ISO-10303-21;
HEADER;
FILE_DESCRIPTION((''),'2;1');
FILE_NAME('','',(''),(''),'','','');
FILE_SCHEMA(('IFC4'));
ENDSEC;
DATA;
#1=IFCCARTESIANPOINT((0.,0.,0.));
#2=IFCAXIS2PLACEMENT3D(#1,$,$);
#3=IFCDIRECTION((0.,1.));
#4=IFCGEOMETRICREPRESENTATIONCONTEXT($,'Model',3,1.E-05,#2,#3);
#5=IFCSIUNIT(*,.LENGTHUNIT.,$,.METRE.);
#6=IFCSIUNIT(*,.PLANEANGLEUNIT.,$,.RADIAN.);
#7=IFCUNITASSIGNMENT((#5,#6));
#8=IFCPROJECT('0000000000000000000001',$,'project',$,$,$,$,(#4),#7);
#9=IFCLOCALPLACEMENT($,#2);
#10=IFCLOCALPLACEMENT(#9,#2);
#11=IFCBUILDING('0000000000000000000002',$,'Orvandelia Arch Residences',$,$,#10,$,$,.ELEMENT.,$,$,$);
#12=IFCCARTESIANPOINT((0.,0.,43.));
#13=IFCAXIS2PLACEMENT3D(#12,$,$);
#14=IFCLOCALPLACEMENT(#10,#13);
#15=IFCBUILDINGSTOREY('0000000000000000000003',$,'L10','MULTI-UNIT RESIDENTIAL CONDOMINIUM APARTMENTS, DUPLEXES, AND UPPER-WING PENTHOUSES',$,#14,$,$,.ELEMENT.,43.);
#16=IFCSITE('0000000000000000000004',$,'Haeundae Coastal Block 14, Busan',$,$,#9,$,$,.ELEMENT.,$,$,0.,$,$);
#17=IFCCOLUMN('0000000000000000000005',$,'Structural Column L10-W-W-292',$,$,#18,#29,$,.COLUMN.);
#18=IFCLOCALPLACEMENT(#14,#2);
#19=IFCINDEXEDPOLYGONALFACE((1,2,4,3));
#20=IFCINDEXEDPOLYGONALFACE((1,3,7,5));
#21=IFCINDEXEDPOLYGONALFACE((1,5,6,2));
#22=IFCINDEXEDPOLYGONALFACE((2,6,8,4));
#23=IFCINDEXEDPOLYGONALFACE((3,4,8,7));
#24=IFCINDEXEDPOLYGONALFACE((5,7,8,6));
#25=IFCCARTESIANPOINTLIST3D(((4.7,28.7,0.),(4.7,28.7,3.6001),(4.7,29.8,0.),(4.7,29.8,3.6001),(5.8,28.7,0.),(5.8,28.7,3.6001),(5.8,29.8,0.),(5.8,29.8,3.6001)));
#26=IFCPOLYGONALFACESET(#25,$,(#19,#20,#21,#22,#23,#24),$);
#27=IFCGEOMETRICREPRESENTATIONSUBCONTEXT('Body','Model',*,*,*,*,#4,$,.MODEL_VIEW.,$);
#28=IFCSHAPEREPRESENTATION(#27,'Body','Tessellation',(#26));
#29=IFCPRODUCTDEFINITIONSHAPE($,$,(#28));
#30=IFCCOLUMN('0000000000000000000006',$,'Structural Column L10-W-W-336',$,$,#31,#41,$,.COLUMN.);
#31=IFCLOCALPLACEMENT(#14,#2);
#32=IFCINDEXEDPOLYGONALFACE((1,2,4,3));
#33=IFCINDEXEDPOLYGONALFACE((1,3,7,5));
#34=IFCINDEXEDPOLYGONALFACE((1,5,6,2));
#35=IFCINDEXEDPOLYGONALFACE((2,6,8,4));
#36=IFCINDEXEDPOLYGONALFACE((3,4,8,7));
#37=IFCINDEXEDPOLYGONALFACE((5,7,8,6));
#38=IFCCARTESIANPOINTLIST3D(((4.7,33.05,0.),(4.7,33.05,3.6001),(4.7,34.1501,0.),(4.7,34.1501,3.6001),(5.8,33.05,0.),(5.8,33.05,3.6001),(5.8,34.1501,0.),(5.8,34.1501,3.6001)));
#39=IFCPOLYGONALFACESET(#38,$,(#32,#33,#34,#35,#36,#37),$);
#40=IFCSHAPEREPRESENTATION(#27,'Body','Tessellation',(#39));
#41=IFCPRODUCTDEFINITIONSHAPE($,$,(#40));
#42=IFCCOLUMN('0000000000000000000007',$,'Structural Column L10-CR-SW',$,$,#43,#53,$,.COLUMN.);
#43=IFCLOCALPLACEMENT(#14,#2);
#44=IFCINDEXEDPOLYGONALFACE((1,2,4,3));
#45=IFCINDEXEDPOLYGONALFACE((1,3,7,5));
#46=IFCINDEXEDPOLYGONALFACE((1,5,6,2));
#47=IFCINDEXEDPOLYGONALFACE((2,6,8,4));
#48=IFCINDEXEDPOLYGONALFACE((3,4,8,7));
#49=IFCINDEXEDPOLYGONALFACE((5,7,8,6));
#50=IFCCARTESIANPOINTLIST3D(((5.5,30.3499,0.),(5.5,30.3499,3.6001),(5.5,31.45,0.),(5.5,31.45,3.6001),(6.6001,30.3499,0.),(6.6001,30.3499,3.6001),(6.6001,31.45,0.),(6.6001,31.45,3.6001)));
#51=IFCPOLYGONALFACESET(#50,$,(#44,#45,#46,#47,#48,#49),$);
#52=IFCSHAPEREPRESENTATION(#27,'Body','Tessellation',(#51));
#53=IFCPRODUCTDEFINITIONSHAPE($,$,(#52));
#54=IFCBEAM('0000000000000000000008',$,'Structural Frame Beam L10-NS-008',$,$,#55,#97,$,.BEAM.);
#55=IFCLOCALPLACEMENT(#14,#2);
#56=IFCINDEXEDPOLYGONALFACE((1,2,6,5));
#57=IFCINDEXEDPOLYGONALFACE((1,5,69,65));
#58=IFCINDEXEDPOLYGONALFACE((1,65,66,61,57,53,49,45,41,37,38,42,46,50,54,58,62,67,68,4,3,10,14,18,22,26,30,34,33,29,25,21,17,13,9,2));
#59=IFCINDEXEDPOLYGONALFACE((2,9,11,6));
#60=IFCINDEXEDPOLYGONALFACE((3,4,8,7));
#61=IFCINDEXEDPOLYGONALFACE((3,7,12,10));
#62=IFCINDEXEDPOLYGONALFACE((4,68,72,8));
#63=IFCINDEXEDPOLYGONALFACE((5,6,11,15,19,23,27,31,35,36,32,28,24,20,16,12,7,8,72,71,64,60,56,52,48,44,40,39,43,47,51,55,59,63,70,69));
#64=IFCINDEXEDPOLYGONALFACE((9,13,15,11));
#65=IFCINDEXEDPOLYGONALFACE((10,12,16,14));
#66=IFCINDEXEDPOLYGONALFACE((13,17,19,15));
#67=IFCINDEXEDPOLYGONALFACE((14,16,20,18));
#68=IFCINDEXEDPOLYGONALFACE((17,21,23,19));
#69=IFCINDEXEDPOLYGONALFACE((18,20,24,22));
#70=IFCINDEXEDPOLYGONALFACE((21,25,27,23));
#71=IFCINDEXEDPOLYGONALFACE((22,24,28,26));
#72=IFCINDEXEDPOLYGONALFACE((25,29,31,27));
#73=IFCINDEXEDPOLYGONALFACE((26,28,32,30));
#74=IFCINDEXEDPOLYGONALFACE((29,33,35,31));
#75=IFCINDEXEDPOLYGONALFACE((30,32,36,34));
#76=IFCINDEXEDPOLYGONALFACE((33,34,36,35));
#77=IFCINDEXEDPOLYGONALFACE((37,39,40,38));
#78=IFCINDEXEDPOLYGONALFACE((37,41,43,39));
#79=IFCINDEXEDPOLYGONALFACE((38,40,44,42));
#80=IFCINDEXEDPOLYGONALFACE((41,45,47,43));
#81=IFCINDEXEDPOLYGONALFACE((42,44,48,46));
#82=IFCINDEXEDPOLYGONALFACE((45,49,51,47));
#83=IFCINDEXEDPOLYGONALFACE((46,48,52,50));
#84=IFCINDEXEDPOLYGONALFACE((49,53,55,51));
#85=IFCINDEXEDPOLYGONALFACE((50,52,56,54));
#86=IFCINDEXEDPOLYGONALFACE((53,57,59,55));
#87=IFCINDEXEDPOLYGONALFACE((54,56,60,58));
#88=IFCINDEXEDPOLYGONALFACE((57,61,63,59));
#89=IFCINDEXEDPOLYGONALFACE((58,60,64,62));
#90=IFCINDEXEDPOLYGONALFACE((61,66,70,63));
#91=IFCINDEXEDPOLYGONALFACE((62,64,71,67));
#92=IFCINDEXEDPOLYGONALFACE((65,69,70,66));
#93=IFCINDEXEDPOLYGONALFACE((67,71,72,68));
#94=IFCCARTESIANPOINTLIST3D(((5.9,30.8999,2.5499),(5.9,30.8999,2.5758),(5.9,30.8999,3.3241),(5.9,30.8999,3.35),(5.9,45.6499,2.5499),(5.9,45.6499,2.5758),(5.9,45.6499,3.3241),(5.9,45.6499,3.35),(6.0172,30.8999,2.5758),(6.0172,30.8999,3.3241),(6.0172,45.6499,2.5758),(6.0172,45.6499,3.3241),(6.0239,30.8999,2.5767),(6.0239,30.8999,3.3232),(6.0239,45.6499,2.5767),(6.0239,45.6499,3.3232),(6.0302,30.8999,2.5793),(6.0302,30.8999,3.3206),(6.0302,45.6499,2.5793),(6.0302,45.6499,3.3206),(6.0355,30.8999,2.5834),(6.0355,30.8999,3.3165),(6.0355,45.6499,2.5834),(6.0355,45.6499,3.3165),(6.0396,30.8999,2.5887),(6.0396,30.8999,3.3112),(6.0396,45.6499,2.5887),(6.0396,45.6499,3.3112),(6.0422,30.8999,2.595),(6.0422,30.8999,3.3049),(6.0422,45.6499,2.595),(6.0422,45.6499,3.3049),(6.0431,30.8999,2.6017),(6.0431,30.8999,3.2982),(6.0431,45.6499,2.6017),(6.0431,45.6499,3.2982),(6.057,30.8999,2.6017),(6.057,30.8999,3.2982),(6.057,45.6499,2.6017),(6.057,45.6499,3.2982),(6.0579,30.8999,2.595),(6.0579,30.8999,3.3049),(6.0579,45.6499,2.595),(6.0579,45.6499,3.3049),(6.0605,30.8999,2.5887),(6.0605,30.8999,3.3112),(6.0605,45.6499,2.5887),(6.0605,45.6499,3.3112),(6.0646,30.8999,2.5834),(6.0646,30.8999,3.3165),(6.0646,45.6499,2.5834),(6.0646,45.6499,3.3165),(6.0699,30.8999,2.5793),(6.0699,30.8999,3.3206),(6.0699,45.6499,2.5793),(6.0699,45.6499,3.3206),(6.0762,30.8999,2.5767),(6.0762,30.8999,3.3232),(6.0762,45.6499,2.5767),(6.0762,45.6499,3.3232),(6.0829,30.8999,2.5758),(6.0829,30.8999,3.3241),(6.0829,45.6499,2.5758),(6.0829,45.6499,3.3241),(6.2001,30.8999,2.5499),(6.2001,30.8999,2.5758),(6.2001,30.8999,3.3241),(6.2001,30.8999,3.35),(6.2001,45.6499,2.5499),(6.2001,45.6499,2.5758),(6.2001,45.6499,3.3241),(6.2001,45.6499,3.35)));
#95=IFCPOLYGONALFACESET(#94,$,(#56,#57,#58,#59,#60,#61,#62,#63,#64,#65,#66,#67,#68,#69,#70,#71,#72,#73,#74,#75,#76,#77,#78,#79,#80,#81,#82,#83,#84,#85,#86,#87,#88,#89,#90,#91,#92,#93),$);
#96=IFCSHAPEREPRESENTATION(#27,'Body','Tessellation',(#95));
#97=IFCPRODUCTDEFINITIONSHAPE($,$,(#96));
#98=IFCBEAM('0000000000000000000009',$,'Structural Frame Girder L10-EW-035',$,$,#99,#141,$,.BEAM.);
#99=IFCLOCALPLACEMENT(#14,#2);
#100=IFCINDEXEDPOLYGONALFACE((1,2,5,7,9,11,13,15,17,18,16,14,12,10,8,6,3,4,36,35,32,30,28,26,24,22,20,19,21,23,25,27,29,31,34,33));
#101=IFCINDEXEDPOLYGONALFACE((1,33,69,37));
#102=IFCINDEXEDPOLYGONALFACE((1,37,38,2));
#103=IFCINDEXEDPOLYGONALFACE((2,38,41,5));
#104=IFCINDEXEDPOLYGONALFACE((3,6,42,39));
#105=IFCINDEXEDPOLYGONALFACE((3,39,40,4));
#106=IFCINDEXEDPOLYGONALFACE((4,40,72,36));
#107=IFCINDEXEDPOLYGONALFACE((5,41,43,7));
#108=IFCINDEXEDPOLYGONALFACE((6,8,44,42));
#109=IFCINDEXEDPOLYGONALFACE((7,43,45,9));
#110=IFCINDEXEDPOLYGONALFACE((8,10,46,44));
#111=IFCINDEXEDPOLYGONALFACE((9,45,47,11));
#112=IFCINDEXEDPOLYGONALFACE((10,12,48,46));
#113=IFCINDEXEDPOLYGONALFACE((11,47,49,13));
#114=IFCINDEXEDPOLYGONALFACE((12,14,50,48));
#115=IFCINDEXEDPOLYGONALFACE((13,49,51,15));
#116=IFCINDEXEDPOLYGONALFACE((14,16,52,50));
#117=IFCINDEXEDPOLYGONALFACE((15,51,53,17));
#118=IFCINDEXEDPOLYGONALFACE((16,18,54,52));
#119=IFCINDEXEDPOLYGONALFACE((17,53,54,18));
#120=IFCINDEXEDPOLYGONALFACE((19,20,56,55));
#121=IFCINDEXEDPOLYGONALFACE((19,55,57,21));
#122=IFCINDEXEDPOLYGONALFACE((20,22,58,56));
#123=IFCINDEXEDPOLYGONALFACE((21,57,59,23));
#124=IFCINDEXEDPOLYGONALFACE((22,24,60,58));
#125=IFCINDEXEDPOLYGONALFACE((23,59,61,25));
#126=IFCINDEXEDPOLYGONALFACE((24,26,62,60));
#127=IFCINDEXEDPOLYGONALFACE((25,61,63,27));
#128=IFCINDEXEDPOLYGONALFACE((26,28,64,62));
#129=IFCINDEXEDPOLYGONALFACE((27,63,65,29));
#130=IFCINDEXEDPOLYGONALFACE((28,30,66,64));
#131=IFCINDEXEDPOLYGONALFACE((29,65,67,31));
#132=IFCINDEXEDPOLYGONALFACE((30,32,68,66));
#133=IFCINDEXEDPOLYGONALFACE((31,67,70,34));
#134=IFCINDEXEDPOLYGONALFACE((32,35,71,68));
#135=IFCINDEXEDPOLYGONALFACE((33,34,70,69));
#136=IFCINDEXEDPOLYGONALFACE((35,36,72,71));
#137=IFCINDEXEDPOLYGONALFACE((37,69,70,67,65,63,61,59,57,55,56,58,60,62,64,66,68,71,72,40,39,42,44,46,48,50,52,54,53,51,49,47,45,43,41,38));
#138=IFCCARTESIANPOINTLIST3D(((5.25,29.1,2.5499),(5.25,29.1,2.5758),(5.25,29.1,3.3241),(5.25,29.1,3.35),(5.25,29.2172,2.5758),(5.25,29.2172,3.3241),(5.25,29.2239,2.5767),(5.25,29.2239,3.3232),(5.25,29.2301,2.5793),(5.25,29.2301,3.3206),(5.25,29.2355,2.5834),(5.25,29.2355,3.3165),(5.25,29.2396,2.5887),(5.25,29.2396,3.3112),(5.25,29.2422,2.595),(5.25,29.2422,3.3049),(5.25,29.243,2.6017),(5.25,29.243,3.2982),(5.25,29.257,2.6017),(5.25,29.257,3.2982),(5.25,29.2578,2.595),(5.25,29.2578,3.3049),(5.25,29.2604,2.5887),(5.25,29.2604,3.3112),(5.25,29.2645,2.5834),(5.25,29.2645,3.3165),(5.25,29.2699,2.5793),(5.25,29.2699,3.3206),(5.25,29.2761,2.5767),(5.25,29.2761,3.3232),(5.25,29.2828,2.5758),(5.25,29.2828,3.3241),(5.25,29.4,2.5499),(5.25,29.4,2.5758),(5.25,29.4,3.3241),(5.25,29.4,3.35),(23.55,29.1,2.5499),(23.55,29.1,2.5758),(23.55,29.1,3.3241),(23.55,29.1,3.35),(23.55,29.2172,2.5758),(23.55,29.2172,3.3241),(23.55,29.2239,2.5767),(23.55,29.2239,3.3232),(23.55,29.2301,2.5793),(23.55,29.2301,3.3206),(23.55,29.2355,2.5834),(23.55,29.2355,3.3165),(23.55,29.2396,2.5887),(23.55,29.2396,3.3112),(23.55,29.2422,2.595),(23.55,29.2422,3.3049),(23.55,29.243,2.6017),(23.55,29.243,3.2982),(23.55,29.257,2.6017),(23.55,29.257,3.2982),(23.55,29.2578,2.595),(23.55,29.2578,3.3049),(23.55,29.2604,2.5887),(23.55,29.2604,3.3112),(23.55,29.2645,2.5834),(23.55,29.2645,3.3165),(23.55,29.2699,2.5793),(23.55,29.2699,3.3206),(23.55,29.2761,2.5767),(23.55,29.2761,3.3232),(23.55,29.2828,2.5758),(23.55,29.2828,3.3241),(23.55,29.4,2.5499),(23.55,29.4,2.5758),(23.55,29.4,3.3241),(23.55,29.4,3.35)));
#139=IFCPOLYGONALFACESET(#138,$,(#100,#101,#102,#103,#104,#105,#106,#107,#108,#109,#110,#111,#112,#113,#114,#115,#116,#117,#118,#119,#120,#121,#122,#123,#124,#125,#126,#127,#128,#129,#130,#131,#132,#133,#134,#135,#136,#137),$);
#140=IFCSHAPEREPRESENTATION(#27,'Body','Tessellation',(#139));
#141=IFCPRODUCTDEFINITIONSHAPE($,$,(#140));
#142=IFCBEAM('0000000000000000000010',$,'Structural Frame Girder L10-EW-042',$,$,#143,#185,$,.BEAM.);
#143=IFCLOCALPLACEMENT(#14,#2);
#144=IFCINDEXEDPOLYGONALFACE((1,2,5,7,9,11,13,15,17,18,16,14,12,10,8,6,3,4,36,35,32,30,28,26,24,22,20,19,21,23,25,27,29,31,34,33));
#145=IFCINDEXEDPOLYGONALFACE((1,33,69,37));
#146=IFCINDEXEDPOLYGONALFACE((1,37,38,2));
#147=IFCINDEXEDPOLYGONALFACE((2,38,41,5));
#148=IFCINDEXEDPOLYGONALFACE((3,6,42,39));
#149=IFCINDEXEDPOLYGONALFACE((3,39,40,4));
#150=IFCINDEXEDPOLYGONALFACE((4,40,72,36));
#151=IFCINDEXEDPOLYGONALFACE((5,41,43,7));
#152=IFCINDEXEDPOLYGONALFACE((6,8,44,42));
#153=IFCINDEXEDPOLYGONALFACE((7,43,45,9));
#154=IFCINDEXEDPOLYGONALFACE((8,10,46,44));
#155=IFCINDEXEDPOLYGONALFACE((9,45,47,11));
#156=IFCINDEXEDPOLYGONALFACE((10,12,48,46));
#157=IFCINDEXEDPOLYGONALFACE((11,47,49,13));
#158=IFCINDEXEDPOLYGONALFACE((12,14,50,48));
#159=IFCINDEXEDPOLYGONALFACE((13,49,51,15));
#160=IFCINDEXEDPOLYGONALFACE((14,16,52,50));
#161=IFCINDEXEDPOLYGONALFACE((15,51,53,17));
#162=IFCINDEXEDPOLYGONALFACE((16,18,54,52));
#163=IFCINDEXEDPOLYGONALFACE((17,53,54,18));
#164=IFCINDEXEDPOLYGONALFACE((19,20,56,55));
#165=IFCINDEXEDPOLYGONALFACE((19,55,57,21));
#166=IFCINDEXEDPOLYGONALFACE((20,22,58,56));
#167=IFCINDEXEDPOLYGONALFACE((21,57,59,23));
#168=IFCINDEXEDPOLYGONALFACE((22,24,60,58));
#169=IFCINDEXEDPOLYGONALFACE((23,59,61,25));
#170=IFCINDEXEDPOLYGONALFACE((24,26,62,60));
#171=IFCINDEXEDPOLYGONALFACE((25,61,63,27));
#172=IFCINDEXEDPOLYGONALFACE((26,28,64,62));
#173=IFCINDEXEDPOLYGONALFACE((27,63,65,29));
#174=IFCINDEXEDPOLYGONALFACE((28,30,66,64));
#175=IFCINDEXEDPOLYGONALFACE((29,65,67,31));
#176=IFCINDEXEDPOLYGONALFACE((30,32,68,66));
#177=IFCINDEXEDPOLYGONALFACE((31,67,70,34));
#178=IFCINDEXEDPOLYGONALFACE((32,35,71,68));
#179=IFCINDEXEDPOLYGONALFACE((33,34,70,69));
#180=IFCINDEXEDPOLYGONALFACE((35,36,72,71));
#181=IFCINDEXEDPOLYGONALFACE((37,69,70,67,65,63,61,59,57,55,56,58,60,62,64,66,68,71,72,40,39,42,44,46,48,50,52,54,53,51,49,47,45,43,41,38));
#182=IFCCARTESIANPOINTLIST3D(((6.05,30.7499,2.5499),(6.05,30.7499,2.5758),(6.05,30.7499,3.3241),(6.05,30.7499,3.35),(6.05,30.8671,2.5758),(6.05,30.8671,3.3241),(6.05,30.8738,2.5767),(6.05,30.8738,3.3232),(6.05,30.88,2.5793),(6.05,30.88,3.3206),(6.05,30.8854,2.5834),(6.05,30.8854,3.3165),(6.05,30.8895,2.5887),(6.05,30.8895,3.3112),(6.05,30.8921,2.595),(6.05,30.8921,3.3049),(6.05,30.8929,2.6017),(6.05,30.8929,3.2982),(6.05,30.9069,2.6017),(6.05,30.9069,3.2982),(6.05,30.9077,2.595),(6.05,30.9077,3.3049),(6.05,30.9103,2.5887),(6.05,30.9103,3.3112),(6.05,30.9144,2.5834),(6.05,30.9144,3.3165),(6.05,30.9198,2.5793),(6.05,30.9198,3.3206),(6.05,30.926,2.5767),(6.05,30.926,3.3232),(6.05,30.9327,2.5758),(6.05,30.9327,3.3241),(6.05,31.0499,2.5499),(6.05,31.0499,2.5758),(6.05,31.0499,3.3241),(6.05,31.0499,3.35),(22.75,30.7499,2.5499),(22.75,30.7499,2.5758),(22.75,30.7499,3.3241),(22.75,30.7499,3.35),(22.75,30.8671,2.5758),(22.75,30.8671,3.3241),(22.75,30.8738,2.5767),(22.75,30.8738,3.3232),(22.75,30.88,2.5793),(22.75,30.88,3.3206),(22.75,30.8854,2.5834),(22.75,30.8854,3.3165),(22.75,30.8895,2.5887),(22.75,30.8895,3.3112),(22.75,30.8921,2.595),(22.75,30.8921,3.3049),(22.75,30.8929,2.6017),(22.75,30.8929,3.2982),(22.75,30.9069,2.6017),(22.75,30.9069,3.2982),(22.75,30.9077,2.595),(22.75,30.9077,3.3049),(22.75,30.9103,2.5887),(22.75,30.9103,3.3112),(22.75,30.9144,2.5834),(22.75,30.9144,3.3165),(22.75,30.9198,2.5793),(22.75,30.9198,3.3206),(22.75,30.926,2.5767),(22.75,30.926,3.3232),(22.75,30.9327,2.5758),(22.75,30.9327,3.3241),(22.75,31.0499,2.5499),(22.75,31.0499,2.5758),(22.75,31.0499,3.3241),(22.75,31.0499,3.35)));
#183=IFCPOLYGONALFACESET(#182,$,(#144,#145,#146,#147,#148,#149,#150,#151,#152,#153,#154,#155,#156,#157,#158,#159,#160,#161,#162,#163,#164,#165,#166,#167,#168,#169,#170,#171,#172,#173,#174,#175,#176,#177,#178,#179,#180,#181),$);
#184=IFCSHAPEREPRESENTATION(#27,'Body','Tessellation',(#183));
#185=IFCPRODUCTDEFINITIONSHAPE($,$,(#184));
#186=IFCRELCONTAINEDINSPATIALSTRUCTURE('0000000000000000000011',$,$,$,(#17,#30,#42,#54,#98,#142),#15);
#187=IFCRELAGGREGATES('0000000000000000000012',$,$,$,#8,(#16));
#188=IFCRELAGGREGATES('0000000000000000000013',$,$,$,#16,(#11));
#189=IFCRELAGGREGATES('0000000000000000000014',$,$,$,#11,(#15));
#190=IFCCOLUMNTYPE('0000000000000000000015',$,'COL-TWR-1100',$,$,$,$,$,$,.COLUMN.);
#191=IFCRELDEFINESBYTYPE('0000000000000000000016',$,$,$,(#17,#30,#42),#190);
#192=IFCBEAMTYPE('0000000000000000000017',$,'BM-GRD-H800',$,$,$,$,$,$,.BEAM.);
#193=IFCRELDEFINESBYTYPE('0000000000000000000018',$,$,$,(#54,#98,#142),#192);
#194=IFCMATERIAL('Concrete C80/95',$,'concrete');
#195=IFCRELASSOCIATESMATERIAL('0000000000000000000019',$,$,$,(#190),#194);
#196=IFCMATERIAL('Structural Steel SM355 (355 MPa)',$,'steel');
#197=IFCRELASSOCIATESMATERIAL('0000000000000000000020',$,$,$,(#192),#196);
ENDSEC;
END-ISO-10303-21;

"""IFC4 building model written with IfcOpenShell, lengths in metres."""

from ifc_helpers import new_model, si_unit, direction, frame, origin, origin_2d, place, context, subcontext, project, spatial, rectangle, i_section, extrude, material, material_profile, profile_set, type_object, element, save


model = new_model("IFC4")

# Units and contexts
model_context = context("Model", 3, precision=1e-05, world=origin(), true_north=direction((0.0, 1.0)))
body_context = subcontext(model_context, "Body", "Model", "MODEL_VIEW")
ifc_project = project(units=[si_unit("LENGTHUNIT", "METRE"), si_unit("PLANEANGLEUNIT", "RADIAN")], contexts=[model_context])

# Site, building, storey
site_placement = place(None, origin())
site = spatial("IfcSite", under=ifc_project, at=site_placement, Name="Haeundae Coastal Block 14, Busan", CompositionType="ELEMENT", RefElevation=0.0)
building_placement = place(site_placement, origin())
building = spatial("IfcBuilding", under=site, at=building_placement, Name="Orvandelia Arch Residences", CompositionType="ELEMENT")
storey_placement = place(building_placement, frame((0.0, 0.0, 43.0)))
storey = spatial("IfcBuildingStorey", under=building, at=storey_placement, Name="L10", Description="MULTI-UNIT RESIDENTIAL CONDOMINIUM APARTMENTS, DUPLEXES, AND UPPER-WING PENTHOUSES", CompositionType="ELEMENT", Elevation=43.0)

# Columns
ifc_material_1 = material(Name="Concrete C80/95", Category="concrete")
ifc_material_profile_1 = material_profile(ifc_material_1, rectangle(XDim=1.1001, YDim=1.1001, at=origin_2d()), Name="Concrete C80/95", Category="concrete")
ifc_profile_set_1 = profile_set([ifc_material_profile_1], Name="Concrete C80/95")
column_type = type_object("IfcColumnType", Name="COL-TWR-1100", PredefinedType="COLUMN", material=ifc_profile_set_1)
for number, where, z_axis, x_axis, name in (
    (1, (5.25, 29.25, 0.0), (0.0, 0.0, 1.0), (1.0, 0.0, 0.0), "Structural Column L10-W-W-292"),
    (2, (5.25, 33.6001, 0.0), (0.0, 0.0, 1.0), (1.0, 0.0, 0.0), "Structural Column L10-W-W-336"),
    (3, (6.05, 30.8999, 0.0), (0.0, 0.0, 1.0), (1.0, 0.0, 0.0), "Structural Column L10-CR-SW"),
):
    element("IfcColumn", number, at=place(storey_placement, frame(where, z_axis=z_axis, x_axis=x_axis)), inside=storey, type_object=column_type, Name=name, PredefinedType="COLUMN", context=body_context, shape_type="SweptSolid", body=[
        extrude(rectangle(XDim=1.1001, YDim=1.1001, at=origin_2d()), origin(), (0.0, 0.0, 1.0), 3.6001),
    ])

# Beams
ifc_material_2 = material(Name="Structural Steel SM355 (355 MPa)", Category="steel")
ifc_material_profile_2 = material_profile(ifc_material_2, i_section(OverallWidth=0.3, OverallDepth=0.8, WebThickness=0.0139, FlangeThickness=0.0259, FilletRadius=0.0259, at=origin_2d()), Name="Structural Steel SM355 (355 MPa)", Category="steel")
ifc_profile_set_2 = profile_set([ifc_material_profile_2], Name="Structural Steel SM355 (355 MPa)")
beam_type_1 = type_object("IfcBeamType", Name="BM-GRD-H800", PredefinedType="BEAM", material=ifc_profile_set_2)
beam_1_placement = place(storey_placement, frame((6.05, 30.8999, 2.95), z_axis=(0.0, 1.0, 0.0), x_axis=(-1.0, 0.0, 0.0)))
element("IfcBeam", 4, at=beam_1_placement, inside=storey, type_object=beam_type_1, Name="Structural Frame Beam L10-NS-008", PredefinedType="BEAM", context=body_context, shape_type="SweptSolid", body=[
    extrude(i_section(OverallWidth=0.3, OverallDepth=0.8, WebThickness=0.0139, FlangeThickness=0.0259, FilletRadius=0.0259, at=origin_2d()), origin(), (0.0, 0.0, 1.0), 14.75),
])
beam_2_placement = place(storey_placement, frame((5.25, 29.25, 2.95), z_axis=(1.0, 0.0, 0.0), x_axis=(0.0, 1.0, 0.0)))
element("IfcBeam", 5, at=beam_2_placement, inside=storey, type_object=beam_type_1, Name="Structural Frame Girder L10-EW-035", PredefinedType="BEAM", context=body_context, shape_type="SweptSolid", body=[
    extrude(i_section(OverallWidth=0.3, OverallDepth=0.8, WebThickness=0.0139, FlangeThickness=0.0259, FilletRadius=0.0259, at=origin_2d()), origin(), (0.0, 0.0, 1.0), 18.3),
])
beam_3_placement = place(storey_placement, frame((6.05, 30.8999, 2.95), z_axis=(1.0, 0.0, 0.0), x_axis=(0.0, 1.0, 0.0)))
element("IfcBeam", 6, at=beam_3_placement, inside=storey, type_object=beam_type_1, Name="Structural Frame Girder L10-EW-042", PredefinedType="BEAM", context=body_context, shape_type="SweptSolid", body=[
    extrude(i_section(OverallWidth=0.3, OverallDepth=0.8, WebThickness=0.0139, FlangeThickness=0.0259, FilletRadius=0.0259, at=origin_2d()), origin(), (0.0, 0.0, 1.0), 16.7),
])

save(model, "model.ifc")
